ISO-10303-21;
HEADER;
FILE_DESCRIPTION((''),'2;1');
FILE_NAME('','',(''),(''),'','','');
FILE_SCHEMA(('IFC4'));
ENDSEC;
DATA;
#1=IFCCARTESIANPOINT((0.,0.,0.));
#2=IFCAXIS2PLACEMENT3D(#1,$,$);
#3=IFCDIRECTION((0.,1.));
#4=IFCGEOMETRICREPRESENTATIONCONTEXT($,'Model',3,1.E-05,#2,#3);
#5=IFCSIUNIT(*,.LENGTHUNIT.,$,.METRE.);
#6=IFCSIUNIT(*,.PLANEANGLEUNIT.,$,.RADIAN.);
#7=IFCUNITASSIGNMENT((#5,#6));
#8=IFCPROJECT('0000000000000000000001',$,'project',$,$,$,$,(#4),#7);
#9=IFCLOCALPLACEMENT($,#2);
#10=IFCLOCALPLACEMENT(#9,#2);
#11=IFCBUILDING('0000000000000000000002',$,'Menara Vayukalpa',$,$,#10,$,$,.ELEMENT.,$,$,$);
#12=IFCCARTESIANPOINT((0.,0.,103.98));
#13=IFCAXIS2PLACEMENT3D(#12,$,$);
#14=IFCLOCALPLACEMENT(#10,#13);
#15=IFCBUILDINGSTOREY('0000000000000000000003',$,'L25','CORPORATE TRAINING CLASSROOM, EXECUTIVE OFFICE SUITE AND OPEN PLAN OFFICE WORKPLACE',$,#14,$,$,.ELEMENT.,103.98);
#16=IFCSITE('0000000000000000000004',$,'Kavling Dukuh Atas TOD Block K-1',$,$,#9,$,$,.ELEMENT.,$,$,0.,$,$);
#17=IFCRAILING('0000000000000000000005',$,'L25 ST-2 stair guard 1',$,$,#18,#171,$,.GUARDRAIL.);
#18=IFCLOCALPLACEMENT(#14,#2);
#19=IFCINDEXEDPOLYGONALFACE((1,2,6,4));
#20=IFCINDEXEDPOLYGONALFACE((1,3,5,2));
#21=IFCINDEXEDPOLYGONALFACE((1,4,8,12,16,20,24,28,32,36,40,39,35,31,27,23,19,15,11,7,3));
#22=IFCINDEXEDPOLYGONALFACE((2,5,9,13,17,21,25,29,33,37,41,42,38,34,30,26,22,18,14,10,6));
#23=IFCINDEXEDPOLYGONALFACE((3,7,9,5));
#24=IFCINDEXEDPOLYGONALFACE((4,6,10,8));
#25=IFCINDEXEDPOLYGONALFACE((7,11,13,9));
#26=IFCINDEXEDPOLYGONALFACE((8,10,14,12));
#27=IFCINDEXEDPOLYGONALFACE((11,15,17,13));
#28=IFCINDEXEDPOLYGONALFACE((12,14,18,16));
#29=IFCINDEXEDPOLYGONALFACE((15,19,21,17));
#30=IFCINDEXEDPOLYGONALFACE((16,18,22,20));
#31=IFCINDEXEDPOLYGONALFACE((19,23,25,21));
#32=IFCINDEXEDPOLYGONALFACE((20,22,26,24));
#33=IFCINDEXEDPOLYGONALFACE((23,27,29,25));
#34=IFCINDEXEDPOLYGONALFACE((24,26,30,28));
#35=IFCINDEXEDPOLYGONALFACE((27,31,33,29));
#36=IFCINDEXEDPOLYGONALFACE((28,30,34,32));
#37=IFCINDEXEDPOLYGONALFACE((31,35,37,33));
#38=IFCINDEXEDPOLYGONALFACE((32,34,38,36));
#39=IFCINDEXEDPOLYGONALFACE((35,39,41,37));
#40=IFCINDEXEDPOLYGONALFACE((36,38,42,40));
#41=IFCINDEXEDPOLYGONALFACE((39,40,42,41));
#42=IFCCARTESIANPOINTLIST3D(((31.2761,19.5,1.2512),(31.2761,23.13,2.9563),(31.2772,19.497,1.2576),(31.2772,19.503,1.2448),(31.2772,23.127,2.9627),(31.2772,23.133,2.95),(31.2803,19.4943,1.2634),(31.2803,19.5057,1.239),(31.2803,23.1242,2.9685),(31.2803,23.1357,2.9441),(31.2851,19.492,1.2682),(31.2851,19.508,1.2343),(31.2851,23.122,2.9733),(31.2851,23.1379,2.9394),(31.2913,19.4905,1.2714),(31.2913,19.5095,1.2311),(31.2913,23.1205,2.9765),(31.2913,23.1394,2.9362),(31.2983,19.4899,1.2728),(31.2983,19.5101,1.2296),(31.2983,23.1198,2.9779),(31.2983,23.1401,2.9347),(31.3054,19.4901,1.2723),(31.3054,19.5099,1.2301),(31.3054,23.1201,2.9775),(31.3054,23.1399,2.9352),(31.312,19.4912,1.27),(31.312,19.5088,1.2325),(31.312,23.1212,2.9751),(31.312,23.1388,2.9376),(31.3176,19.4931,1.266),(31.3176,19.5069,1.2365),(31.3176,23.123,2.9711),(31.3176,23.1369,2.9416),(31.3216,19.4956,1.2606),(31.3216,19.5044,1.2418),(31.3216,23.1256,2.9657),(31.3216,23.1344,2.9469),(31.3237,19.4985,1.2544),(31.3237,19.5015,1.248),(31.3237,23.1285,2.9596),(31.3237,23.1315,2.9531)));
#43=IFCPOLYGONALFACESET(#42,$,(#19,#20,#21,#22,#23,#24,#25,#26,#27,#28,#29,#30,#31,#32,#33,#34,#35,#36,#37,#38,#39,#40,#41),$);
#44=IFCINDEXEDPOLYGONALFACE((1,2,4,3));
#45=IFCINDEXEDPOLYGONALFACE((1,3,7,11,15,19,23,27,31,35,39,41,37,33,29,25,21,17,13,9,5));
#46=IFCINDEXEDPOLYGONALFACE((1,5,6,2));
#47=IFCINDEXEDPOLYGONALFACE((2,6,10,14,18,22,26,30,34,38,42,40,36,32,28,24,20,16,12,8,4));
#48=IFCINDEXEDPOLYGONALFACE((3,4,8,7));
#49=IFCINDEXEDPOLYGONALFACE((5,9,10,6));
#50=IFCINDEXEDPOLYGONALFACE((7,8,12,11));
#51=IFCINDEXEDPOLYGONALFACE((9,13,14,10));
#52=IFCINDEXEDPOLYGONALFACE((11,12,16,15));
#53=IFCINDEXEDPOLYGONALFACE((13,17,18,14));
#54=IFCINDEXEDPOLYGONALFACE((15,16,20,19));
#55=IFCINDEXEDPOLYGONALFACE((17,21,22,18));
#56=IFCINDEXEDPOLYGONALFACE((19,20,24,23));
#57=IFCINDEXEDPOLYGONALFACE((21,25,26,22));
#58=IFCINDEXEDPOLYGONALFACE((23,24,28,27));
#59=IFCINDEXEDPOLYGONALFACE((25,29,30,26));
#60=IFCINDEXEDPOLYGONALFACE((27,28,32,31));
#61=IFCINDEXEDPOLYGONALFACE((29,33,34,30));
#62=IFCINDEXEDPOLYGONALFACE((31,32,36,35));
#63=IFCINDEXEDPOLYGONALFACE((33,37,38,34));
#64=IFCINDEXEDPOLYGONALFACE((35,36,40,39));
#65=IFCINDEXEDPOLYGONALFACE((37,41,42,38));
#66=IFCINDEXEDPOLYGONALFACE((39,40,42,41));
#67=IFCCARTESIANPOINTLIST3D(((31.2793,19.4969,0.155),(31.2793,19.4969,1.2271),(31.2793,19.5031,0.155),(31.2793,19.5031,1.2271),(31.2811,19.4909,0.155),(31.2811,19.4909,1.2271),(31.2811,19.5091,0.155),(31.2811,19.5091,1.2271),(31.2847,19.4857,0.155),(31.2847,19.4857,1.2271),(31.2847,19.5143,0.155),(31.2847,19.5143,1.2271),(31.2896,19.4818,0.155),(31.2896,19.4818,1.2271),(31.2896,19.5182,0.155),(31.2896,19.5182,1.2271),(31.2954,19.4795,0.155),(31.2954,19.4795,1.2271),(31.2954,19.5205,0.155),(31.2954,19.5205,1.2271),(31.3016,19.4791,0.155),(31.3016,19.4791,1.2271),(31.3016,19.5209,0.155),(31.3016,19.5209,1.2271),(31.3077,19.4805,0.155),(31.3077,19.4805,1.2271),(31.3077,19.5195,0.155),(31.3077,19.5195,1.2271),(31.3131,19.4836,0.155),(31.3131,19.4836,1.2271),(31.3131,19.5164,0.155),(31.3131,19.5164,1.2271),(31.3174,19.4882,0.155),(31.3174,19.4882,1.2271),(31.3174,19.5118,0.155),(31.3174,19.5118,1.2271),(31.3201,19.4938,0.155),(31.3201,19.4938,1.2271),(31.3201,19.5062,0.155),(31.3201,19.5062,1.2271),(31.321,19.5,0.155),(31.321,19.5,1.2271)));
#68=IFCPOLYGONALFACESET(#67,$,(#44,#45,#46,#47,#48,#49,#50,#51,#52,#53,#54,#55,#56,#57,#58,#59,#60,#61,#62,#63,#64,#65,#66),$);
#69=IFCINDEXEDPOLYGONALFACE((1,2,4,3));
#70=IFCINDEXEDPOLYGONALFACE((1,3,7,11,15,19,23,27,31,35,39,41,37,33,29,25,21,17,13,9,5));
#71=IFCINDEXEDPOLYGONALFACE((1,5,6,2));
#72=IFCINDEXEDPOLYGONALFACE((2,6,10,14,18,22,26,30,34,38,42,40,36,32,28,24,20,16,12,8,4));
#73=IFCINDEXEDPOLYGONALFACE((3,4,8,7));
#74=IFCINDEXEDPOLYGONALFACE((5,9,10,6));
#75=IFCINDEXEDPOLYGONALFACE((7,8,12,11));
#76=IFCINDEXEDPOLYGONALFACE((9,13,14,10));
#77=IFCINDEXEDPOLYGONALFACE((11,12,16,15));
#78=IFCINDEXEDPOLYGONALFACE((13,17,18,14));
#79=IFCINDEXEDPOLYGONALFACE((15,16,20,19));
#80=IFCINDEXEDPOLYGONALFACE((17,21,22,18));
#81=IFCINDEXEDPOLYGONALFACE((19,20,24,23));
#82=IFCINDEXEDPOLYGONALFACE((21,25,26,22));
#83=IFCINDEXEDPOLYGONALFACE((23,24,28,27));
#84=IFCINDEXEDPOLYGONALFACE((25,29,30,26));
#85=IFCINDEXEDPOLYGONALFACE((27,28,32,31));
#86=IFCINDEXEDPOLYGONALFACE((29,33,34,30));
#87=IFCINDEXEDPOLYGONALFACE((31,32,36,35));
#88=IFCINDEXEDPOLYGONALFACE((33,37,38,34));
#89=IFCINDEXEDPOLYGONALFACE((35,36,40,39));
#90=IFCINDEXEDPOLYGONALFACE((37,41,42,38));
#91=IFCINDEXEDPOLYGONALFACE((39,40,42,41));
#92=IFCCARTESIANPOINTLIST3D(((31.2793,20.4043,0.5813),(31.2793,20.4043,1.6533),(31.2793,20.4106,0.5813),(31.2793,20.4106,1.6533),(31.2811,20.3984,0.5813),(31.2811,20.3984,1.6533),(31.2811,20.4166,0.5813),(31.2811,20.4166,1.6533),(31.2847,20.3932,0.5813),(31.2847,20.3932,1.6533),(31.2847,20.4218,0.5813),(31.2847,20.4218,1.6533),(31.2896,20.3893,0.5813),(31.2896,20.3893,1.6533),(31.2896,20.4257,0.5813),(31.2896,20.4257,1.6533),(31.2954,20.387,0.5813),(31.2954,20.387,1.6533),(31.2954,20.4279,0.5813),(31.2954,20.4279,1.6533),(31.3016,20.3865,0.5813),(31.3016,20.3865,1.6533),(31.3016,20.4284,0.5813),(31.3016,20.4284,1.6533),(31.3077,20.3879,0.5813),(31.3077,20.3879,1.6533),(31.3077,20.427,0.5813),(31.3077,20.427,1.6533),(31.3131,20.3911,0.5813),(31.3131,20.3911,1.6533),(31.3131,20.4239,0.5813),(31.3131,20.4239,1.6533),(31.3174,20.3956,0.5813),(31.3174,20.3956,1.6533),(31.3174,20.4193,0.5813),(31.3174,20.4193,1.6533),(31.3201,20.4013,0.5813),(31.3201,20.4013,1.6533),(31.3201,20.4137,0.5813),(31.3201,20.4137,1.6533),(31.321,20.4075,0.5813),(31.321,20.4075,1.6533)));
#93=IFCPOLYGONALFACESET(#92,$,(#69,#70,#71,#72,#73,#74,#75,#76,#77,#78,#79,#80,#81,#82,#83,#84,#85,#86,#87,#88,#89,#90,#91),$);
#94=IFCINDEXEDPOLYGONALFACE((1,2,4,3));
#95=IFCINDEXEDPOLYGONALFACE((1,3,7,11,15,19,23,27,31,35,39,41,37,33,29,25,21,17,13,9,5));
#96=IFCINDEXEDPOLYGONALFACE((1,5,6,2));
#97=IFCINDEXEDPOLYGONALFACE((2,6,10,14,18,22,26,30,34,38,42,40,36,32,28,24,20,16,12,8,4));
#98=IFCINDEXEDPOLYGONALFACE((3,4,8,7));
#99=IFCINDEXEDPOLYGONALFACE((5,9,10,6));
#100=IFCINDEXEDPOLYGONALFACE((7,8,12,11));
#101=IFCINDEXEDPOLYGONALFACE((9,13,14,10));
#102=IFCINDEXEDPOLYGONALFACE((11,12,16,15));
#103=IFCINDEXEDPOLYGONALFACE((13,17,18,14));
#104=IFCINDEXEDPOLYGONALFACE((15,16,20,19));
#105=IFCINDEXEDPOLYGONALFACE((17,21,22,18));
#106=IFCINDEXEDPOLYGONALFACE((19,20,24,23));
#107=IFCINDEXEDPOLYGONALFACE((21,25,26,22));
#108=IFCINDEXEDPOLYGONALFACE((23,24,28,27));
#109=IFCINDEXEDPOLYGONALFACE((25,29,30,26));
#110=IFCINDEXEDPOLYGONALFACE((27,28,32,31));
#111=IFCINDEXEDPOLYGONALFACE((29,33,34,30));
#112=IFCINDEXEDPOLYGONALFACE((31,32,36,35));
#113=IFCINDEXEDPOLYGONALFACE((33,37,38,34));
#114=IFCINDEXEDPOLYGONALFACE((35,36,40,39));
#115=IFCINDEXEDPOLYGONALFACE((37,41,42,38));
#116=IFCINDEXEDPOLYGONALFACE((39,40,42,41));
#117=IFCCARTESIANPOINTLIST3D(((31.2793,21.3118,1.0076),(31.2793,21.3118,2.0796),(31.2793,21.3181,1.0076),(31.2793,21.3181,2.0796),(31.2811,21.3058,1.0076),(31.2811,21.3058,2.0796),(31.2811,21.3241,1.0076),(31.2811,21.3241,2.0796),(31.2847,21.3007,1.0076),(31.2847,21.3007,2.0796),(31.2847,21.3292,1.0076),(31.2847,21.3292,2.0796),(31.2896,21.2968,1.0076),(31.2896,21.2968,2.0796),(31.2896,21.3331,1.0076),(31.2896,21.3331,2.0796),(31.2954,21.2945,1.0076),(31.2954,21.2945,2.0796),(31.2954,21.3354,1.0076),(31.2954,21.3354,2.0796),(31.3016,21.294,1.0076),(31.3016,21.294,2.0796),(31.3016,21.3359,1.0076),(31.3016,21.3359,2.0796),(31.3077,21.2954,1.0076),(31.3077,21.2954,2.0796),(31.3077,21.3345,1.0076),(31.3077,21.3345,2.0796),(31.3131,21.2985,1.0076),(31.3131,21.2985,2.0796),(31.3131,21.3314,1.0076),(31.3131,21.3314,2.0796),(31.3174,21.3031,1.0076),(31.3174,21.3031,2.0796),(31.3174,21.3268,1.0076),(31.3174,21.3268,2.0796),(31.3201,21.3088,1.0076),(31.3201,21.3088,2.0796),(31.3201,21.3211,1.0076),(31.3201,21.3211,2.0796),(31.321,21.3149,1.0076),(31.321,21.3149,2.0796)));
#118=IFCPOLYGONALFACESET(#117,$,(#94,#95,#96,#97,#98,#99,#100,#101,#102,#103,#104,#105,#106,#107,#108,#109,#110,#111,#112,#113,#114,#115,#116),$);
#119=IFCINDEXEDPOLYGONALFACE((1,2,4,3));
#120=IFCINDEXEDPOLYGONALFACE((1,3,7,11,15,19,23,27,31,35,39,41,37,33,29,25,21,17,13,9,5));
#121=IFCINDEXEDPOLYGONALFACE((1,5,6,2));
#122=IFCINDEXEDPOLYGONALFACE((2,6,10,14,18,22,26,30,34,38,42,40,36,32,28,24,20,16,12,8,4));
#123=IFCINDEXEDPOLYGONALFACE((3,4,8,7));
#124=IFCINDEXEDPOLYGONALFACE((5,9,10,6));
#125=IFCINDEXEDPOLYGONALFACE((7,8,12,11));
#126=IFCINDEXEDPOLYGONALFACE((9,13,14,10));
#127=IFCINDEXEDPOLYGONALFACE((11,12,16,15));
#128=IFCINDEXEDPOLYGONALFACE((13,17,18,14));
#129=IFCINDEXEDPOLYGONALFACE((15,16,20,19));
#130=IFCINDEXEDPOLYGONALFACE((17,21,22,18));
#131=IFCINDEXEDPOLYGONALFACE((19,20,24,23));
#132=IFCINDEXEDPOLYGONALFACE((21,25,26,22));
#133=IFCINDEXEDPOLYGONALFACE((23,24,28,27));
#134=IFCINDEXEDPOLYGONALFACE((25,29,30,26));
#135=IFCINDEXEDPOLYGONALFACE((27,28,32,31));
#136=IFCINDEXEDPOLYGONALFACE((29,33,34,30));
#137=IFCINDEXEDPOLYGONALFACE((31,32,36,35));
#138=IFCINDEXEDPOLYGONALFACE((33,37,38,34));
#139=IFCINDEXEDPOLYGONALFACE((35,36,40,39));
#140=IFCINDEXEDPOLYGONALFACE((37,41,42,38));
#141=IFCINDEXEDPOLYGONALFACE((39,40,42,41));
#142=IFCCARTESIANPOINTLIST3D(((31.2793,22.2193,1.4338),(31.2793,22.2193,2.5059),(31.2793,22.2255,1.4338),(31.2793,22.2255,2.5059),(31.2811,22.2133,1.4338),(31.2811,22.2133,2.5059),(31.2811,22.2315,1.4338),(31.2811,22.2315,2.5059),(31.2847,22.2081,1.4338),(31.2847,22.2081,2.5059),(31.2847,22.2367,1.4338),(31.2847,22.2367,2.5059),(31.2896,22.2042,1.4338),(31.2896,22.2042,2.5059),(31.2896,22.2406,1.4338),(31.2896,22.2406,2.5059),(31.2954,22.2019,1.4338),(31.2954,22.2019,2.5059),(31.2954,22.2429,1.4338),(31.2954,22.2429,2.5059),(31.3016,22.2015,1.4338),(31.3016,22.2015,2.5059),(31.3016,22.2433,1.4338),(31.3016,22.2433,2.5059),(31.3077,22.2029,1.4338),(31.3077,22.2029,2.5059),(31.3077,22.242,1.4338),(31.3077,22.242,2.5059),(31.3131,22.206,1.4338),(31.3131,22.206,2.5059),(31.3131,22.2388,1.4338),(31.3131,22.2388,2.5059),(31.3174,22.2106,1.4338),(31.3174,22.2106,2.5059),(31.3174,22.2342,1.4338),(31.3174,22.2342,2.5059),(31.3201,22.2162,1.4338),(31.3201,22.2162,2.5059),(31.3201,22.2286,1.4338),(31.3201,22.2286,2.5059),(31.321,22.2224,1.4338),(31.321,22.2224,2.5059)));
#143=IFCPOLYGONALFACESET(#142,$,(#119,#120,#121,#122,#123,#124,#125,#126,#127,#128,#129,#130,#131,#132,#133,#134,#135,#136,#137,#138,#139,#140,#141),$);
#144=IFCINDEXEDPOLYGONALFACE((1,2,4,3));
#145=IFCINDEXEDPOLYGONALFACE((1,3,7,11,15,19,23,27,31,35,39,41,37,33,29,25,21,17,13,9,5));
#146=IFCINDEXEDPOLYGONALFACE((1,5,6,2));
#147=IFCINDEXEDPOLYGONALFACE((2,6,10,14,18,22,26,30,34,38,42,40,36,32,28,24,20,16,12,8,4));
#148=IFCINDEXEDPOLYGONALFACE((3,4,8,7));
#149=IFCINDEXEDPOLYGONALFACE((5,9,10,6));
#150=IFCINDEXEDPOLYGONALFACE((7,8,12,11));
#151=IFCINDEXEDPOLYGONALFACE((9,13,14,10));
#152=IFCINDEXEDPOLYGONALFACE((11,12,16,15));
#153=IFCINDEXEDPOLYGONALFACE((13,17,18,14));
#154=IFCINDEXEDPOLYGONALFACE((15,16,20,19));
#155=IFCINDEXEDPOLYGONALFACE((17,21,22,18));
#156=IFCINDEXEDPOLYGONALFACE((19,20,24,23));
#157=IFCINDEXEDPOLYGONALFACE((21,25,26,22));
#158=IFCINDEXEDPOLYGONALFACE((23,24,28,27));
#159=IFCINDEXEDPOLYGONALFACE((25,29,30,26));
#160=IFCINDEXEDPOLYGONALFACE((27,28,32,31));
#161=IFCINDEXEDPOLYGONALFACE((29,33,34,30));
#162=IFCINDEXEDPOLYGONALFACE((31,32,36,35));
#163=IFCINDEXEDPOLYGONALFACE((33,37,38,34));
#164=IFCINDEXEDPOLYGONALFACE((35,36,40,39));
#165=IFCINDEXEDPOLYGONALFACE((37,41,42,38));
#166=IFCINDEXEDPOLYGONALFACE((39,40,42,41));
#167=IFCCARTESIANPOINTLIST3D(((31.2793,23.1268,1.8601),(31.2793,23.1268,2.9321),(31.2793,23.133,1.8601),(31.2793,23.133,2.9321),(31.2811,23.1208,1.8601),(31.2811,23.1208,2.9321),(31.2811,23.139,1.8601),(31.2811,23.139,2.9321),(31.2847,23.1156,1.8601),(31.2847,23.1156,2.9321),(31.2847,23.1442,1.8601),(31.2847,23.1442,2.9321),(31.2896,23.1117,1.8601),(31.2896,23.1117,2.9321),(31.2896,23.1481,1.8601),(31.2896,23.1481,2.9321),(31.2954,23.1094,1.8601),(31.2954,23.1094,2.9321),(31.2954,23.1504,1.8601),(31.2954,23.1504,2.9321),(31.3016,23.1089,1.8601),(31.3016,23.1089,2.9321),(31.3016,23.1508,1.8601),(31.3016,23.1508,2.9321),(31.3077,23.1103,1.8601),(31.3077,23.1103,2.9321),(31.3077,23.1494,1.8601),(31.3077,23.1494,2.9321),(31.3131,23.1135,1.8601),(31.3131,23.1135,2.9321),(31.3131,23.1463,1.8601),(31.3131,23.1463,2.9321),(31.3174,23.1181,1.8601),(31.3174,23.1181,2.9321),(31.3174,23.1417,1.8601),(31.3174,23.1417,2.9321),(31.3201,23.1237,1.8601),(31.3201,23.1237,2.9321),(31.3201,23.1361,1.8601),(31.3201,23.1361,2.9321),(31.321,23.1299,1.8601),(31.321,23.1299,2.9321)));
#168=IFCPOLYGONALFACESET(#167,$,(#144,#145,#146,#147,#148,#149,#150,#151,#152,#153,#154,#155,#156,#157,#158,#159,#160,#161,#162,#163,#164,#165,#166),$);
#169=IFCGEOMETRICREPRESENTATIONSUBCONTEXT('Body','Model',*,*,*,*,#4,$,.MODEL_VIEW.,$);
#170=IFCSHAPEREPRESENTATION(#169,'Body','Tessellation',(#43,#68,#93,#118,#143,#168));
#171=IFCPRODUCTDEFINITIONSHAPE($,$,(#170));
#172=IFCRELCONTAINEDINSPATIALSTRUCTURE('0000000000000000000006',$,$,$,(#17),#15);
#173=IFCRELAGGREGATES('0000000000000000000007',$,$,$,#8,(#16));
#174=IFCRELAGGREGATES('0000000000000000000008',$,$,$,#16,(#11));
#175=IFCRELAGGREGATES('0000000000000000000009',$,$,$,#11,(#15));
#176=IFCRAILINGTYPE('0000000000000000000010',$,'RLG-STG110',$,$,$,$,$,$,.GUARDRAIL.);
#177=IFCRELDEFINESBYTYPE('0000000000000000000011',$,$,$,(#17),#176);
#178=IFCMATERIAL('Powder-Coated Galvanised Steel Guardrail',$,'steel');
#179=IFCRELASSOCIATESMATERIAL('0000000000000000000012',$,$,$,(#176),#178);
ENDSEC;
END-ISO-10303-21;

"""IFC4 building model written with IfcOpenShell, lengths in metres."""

from ifc_helpers import new_model, si_unit, direction, frame, origin, origin_2d, place, context, subcontext, project, spatial, circle, extrude, material, type_object, element, save


model = new_model("IFC4")

# Units and contexts
model_context = context("Model", 3, precision=1e-05, world=origin(), true_north=direction((0.0, 1.0)))
body_context = subcontext(model_context, "Body", "Model", "MODEL_VIEW")
ifc_project = project(units=[si_unit("LENGTHUNIT", "METRE"), si_unit("PLANEANGLEUNIT", "RADIAN")], contexts=[model_context])

# Site, building, storey
site_placement = place(None, origin())
site = spatial("IfcSite", under=ifc_project, at=site_placement, Name="Kavling Dukuh Atas TOD Block K-1", CompositionType="ELEMENT", RefElevation=0.0)
building_placement = place(site_placement, origin())
building = spatial("IfcBuilding", under=site, at=building_placement, Name="Menara Vayukalpa", CompositionType="ELEMENT")
storey_placement = place(building_placement, frame((0.0, 0.0, 103.98)))
storey = spatial("IfcBuildingStorey", under=building, at=storey_placement, Name="L25", Description="CORPORATE TRAINING CLASSROOM, EXECUTIVE OFFICE SUITE AND OPEN PLAN OFFICE WORKPLACE", CompositionType="ELEMENT", Elevation=103.98)

# Railing
ifc_material_1 = material(Name="Powder-Coated Galvanised Steel Guardrail", Category="steel")
railing_type_1 = type_object("IfcRailingType", Name="RLG-STG110", PredefinedType="GUARDRAIL", material=ifc_material_1)
railing_1_placement = place(storey_placement, frame((31.3, 19.5, 0.155)))
element("IfcRailing", 1, at=railing_1_placement, inside=storey, type_object=railing_type_1, Name="L25 ST-2 stair guard 1", PredefinedType="GUARDRAIL", context=body_context, shape_type="SweptSolid", body=[
    extrude(circle(Radius=0.0239, at=origin_2d()), frame((0.0, 0.0, 1.0962), z_axis=(0.0, 0.905116, 0.425164), x_axis=(-1.0, 0.0, 0.0)), (0.0, 0.0, 1.0), 4.0105),
    extrude(circle(Radius=0.021, at=origin_2d()), origin(), (0.0, 0.0, 1.0), 1.072),
    extrude(circle(Radius=0.021, at=origin_2d()), frame((0.0, 0.9075, 0.4263)), (0.0, 0.0, 1.0), 1.072),
    extrude(circle(Radius=0.021, at=origin_2d()), frame((0.0, 1.8149, 0.8525)), (0.0, 0.0, 1.0), 1.072),
    extrude(circle(Radius=0.021, at=origin_2d()), frame((0.0, 2.7224, 1.2788)), (0.0, 0.0, 1.0), 1.072),
    extrude(circle(Radius=0.021, at=origin_2d()), frame((0.0, 3.6299, 1.7051)), (0.0, 0.0, 1.0), 1.072),
])

save(model, "model.ifc")
